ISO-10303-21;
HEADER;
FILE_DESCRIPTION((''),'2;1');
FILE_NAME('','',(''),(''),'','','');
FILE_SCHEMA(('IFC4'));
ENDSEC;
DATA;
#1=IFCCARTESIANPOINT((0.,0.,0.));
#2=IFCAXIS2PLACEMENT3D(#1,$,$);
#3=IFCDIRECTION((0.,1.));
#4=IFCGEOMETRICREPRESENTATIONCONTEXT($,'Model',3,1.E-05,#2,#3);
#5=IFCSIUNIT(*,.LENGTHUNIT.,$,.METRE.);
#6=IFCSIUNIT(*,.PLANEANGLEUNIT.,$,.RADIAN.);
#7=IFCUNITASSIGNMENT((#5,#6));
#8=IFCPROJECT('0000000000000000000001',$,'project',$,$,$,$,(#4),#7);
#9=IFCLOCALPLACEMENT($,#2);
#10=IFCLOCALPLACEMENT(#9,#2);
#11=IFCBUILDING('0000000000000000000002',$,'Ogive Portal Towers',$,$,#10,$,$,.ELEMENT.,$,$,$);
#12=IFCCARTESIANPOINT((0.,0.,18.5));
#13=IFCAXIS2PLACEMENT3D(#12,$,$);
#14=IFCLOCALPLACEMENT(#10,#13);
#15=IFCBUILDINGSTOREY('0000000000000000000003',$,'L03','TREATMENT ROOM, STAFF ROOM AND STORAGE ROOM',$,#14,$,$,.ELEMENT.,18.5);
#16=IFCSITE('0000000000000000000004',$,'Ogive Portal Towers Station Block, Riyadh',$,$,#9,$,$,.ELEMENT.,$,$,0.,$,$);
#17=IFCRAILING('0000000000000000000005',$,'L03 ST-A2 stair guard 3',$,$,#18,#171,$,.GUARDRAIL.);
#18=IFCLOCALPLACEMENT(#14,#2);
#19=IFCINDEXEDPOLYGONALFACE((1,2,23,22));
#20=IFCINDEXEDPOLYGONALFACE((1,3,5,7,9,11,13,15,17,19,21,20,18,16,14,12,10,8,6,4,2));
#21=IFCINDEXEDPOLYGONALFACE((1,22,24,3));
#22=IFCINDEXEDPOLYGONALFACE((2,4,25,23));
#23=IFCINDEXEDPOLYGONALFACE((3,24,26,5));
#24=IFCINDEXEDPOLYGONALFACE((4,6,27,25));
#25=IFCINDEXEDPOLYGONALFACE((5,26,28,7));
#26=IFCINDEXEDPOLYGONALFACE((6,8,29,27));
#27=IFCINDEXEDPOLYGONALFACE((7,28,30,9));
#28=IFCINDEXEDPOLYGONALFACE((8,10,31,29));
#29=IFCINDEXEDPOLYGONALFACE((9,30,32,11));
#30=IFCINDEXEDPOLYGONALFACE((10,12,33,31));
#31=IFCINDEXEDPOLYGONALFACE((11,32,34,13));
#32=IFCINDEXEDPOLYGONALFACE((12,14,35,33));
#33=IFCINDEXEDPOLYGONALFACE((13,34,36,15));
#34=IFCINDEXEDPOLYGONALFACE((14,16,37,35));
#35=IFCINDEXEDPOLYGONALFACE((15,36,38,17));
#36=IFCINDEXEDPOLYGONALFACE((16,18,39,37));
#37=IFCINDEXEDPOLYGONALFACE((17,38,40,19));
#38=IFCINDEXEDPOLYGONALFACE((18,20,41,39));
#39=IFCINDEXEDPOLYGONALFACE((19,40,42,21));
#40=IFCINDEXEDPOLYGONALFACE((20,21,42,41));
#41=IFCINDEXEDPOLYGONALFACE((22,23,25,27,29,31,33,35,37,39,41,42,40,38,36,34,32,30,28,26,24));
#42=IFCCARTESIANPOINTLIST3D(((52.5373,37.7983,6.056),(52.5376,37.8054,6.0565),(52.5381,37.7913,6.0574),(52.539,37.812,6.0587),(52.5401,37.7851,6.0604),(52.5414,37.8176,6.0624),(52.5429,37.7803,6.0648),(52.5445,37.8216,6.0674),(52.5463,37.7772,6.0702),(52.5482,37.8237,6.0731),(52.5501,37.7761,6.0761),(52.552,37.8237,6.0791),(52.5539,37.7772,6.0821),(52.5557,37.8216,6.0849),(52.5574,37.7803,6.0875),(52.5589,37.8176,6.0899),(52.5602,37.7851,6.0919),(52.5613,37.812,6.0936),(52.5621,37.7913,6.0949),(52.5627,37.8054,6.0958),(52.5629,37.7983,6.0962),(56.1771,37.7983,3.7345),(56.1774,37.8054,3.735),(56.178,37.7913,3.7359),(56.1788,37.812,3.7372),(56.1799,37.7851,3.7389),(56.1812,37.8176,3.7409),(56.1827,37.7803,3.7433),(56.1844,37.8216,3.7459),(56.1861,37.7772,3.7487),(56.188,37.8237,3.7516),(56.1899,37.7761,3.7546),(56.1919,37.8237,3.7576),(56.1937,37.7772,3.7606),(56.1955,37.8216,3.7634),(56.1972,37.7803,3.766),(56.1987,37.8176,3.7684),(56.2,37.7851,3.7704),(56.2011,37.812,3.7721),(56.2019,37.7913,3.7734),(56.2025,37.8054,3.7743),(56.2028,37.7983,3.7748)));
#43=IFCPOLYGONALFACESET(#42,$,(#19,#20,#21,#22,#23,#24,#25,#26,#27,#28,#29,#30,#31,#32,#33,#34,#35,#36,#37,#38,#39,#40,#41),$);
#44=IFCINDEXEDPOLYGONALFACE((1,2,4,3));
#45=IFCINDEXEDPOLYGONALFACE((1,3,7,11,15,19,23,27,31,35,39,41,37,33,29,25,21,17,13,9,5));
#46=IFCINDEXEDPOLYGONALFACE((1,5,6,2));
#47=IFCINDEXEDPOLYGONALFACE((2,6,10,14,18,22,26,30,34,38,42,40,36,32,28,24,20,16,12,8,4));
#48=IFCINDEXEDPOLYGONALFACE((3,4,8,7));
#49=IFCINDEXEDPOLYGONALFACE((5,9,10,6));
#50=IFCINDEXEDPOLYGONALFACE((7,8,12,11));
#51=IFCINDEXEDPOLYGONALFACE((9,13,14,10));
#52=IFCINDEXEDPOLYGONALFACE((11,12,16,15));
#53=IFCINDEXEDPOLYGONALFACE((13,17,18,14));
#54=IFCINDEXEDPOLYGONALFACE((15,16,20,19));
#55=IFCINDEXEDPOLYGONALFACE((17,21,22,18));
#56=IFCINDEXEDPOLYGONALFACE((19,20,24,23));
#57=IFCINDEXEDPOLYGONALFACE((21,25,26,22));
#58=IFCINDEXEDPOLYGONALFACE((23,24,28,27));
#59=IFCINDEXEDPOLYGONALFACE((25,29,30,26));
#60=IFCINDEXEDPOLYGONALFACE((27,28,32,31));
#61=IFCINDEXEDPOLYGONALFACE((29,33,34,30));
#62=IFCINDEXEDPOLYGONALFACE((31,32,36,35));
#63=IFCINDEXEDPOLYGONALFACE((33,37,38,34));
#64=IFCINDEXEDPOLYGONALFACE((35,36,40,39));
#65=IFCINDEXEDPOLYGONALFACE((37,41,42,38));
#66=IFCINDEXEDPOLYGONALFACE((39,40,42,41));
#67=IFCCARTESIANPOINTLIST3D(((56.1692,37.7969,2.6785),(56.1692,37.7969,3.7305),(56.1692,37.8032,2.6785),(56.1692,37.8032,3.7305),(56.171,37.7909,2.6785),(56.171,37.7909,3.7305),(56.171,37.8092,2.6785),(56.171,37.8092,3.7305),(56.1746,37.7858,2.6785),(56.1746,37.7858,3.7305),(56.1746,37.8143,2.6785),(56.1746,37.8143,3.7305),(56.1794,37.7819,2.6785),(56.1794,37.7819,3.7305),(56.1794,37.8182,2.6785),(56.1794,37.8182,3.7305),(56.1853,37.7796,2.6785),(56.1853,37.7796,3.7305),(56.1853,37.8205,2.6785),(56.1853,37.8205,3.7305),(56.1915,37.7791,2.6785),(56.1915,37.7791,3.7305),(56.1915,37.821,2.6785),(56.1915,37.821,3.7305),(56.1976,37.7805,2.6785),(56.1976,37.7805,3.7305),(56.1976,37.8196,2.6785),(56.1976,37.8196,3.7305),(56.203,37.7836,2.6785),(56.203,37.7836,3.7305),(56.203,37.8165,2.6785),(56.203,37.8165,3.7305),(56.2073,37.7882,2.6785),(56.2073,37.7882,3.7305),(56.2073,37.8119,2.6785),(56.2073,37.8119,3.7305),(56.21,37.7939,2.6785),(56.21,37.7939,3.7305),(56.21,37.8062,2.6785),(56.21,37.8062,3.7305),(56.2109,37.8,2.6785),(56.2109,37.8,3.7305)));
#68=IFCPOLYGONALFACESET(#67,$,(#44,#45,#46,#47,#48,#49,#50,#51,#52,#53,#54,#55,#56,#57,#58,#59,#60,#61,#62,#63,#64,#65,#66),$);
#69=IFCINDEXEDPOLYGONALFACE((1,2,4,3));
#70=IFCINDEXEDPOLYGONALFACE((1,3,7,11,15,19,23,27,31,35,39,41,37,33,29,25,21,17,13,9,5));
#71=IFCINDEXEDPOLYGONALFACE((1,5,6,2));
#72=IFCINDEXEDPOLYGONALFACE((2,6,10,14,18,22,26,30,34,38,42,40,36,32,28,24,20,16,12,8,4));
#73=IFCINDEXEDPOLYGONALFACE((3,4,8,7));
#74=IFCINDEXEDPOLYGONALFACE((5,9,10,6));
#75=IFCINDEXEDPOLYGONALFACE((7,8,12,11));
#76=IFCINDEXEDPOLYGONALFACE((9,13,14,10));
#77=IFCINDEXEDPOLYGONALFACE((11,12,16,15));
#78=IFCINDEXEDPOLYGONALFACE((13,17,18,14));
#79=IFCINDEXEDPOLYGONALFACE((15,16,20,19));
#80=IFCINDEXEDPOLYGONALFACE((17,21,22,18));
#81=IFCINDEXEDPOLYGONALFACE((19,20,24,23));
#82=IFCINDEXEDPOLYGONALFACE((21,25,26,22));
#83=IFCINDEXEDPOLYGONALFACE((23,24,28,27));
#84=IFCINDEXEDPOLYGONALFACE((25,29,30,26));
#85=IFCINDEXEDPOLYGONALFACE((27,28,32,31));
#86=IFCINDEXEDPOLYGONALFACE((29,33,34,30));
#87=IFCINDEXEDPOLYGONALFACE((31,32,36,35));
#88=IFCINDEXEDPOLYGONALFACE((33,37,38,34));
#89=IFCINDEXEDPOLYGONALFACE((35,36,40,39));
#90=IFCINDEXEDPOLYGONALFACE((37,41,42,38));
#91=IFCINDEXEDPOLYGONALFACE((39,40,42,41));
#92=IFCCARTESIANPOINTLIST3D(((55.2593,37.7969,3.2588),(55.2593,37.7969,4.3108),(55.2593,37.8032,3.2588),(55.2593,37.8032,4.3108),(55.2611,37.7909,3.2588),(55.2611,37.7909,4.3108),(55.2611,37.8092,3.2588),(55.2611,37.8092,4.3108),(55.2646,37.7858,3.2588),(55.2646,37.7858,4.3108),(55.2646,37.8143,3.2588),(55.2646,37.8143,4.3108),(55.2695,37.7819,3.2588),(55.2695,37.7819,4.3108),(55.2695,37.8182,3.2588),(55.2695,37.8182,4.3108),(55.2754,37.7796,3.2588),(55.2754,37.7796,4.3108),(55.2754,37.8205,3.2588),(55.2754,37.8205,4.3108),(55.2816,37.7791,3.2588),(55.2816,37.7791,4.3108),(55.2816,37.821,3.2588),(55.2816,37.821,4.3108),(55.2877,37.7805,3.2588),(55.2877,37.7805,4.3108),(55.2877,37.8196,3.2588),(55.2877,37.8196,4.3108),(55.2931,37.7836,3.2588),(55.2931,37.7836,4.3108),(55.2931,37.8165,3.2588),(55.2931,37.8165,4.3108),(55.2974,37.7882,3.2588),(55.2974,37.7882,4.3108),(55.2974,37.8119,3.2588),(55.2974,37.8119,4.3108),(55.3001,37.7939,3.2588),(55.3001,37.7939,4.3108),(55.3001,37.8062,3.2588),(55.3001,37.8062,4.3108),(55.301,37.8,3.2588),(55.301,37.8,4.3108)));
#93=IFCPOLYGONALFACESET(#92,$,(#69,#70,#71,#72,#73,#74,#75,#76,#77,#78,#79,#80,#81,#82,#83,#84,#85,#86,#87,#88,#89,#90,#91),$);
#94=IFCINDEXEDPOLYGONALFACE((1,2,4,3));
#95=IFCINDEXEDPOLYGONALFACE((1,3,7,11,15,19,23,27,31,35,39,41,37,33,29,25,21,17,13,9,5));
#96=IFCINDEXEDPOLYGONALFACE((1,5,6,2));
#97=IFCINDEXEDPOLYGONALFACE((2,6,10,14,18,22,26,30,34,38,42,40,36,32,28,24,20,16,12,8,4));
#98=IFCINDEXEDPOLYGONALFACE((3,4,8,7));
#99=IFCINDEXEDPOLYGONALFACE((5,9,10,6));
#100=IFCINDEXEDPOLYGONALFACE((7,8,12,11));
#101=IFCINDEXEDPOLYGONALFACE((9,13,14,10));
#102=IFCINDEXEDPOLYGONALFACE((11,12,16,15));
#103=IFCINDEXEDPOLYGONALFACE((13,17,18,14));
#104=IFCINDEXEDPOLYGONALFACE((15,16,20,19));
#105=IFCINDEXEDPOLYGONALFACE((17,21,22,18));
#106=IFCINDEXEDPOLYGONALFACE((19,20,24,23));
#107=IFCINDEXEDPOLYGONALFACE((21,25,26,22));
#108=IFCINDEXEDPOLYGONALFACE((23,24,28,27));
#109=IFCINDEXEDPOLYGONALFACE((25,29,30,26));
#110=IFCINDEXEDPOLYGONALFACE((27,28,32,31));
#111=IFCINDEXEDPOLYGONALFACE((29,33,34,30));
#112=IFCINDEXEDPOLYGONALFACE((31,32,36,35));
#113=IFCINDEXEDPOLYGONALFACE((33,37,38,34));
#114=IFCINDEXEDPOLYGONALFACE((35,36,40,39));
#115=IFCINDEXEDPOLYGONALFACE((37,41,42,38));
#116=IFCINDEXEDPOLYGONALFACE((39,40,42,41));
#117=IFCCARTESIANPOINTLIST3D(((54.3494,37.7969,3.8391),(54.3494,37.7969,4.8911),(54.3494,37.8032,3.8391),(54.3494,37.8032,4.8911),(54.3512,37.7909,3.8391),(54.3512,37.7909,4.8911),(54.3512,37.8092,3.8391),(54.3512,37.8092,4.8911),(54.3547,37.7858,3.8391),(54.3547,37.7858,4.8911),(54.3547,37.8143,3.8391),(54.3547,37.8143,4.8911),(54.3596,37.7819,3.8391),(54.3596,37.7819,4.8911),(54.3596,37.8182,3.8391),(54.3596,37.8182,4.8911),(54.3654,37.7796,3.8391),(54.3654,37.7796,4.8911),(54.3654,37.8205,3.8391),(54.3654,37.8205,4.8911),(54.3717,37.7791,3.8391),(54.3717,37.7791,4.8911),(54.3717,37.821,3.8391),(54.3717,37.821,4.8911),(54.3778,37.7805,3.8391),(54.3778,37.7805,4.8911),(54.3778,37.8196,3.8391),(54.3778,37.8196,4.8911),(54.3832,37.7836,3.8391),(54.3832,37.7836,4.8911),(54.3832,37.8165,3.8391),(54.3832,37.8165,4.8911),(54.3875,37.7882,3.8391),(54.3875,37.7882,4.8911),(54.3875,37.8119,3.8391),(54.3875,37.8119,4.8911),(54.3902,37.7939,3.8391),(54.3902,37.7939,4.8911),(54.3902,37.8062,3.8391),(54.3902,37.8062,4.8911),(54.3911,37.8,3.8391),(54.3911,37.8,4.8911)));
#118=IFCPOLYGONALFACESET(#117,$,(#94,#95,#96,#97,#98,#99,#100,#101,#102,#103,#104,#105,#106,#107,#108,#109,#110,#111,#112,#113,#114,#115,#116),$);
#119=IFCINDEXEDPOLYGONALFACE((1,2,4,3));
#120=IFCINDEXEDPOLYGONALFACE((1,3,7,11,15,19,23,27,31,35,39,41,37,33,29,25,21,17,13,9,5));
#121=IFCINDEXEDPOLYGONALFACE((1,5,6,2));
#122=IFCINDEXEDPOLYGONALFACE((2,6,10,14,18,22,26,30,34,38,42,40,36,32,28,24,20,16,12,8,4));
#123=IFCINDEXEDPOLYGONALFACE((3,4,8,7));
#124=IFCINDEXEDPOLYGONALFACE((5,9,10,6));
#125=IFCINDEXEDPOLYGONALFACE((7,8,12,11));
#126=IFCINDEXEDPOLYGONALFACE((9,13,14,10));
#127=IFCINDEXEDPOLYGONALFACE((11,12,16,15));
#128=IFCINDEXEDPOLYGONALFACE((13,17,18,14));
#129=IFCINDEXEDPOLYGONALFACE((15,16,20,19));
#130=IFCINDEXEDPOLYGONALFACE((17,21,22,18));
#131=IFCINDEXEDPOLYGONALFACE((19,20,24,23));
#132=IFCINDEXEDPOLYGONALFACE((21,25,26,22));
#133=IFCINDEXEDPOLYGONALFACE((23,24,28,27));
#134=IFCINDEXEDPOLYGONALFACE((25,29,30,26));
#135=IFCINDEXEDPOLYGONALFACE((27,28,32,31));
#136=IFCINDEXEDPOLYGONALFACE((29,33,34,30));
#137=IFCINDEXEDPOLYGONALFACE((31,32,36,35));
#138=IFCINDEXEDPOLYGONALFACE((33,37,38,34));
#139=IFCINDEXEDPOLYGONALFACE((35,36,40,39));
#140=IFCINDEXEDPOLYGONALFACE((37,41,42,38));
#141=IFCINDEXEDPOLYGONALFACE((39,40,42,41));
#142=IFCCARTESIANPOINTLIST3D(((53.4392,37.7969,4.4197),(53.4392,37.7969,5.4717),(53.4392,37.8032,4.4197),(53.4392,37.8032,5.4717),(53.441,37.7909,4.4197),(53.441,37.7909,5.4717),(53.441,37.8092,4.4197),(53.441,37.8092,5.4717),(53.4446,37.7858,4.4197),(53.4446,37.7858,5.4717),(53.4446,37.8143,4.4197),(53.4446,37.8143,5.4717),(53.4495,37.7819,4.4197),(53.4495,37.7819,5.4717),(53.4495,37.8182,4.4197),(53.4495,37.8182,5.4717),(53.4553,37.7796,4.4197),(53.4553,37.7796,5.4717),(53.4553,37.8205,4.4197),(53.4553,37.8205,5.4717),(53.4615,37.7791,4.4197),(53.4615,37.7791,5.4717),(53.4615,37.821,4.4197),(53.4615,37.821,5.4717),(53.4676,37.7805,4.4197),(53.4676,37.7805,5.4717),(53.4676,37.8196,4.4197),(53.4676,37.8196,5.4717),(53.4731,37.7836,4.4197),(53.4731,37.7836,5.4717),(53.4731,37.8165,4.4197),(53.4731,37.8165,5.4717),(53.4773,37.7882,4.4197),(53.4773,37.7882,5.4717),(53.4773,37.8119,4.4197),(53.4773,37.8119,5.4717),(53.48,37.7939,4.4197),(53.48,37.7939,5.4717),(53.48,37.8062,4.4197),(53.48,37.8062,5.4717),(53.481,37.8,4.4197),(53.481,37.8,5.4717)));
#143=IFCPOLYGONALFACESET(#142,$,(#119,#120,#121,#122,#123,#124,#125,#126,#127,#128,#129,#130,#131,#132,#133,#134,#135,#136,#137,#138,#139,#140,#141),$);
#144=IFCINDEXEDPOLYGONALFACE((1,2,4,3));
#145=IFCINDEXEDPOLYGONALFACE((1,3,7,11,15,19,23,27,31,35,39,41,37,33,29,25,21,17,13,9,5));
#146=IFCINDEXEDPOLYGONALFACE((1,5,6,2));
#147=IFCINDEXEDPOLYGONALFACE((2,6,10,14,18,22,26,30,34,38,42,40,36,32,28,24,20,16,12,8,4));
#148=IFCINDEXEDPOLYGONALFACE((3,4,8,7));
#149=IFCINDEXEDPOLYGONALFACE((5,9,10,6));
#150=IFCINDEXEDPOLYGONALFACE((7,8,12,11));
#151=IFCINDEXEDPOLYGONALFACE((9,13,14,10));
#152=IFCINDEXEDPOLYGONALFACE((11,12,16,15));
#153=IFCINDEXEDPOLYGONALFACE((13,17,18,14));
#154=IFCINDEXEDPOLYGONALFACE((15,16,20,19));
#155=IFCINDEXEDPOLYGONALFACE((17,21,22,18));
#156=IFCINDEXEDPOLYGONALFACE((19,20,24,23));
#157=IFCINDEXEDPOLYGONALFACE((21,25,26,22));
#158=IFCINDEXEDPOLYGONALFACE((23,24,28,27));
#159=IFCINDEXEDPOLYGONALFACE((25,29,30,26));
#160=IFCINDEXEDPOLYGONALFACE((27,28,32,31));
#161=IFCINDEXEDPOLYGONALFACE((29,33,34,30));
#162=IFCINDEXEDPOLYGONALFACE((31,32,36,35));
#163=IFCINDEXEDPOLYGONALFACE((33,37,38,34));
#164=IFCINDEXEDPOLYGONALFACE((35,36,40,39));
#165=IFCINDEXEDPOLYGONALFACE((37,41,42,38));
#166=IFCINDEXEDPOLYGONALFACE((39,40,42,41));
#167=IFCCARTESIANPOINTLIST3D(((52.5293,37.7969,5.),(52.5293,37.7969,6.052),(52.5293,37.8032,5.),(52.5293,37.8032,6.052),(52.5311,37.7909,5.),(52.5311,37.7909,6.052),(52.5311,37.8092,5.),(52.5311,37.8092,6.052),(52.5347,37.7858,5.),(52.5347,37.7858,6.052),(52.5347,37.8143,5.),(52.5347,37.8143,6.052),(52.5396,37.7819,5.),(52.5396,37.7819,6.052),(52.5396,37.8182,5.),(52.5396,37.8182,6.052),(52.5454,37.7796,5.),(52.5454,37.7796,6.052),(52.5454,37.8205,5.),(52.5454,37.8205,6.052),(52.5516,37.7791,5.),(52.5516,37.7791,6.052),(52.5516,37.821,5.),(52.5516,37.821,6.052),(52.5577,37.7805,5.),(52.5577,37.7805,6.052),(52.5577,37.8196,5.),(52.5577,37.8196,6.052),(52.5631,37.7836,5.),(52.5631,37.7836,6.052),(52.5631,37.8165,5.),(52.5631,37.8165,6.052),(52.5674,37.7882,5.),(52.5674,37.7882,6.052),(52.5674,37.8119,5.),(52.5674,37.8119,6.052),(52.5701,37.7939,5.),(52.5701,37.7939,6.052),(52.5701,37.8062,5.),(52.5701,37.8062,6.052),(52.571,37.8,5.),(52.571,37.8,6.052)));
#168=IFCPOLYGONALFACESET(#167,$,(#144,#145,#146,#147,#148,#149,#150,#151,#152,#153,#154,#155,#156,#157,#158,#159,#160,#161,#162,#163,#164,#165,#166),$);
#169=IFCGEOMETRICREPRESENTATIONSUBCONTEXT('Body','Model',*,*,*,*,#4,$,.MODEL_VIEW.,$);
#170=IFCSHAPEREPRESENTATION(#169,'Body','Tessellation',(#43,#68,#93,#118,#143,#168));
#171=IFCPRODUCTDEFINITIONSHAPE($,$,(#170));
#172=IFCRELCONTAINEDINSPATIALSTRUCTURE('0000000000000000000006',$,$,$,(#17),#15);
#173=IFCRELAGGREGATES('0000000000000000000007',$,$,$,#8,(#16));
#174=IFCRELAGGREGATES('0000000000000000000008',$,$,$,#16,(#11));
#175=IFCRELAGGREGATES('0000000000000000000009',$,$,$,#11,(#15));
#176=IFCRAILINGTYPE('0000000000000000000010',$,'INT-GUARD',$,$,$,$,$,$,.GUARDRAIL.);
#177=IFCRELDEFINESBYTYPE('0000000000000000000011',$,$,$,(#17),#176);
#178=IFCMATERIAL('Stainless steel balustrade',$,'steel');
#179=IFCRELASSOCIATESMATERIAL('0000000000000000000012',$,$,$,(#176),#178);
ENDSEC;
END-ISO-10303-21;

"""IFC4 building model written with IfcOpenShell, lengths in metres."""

from ifc_helpers import new_model, si_unit, direction, frame, origin, origin_2d, place, context, subcontext, project, spatial, circle, extrude, material, type_object, element, save


model = new_model("IFC4")

# Units and contexts
model_context = context("Model", 3, precision=1e-05, world=origin(), true_north=direction((0.0, 1.0)))
body_context = subcontext(model_context, "Body", "Model", "MODEL_VIEW")
ifc_project = project(units=[si_unit("LENGTHUNIT", "METRE"), si_unit("PLANEANGLEUNIT", "RADIAN")], contexts=[model_context])

# Site, building, storey
site_placement = place(None, origin())
site = spatial("IfcSite", under=ifc_project, at=site_placement, Name="Ogive Portal Towers Station Block, Riyadh", CompositionType="ELEMENT", RefElevation=0.0)
building_placement = place(site_placement, origin())
building = spatial("IfcBuilding", under=site, at=building_placement, Name="Ogive Portal Towers", CompositionType="ELEMENT")
storey_placement = place(building_placement, frame((0.0, 0.0, 18.5)))
storey = spatial("IfcBuildingStorey", under=building, at=storey_placement, Name="L03", Description="TREATMENT ROOM, STAFF ROOM AND STORAGE ROOM", CompositionType="ELEMENT", Elevation=18.5)

# Railing
ifc_material_1 = material(Name="Stainless steel balustrade", Category="steel")
railing_type_1 = type_object("IfcRailingType", Name="INT-GUARD", PredefinedType="GUARDRAIL", material=ifc_material_1)
railing_1_placement = place(storey_placement, frame((56.1899, 37.8, 2.6785)))
element("IfcRailing", 1, at=railing_1_placement, inside=storey, type_object=railing_type_1, Name="L03 ST-A2 stair guard 3", PredefinedType="GUARDRAIL", context=body_context, shape_type="SweptSolid", body=[
    extrude(circle(Radius=0.0239, at=origin_2d()), frame((0.0, 0.0, 1.0762), z_axis=(-0.843112, 0.0, 0.537739), x_axis=(0.0, -1.0, 0.0)), (0.0, 0.0, 1.0), 4.3171),
    extrude(circle(Radius=0.021, at=origin_2d()), origin(), (0.0, 0.0, 1.0), 1.052),
    extrude(circle(Radius=0.021, at=origin_2d()), frame((-0.9099, 0.0, 0.5803)), (0.0, 0.0, 1.0), 1.052),
    extrude(circle(Radius=0.021, at=origin_2d()), frame((-1.8198, 0.0, 1.1606)), (0.0, 0.0, 1.0), 1.052),
    extrude(circle(Radius=0.021, at=origin_2d()), frame((-2.73, 0.0, 1.7412)), (0.0, 0.0, 1.0), 1.052),
    extrude(circle(Radius=0.021, at=origin_2d()), frame((-3.6399, 0.0, 2.3215)), (0.0, 0.0, 1.0), 1.052),
])

save(model, "model.ifc")
